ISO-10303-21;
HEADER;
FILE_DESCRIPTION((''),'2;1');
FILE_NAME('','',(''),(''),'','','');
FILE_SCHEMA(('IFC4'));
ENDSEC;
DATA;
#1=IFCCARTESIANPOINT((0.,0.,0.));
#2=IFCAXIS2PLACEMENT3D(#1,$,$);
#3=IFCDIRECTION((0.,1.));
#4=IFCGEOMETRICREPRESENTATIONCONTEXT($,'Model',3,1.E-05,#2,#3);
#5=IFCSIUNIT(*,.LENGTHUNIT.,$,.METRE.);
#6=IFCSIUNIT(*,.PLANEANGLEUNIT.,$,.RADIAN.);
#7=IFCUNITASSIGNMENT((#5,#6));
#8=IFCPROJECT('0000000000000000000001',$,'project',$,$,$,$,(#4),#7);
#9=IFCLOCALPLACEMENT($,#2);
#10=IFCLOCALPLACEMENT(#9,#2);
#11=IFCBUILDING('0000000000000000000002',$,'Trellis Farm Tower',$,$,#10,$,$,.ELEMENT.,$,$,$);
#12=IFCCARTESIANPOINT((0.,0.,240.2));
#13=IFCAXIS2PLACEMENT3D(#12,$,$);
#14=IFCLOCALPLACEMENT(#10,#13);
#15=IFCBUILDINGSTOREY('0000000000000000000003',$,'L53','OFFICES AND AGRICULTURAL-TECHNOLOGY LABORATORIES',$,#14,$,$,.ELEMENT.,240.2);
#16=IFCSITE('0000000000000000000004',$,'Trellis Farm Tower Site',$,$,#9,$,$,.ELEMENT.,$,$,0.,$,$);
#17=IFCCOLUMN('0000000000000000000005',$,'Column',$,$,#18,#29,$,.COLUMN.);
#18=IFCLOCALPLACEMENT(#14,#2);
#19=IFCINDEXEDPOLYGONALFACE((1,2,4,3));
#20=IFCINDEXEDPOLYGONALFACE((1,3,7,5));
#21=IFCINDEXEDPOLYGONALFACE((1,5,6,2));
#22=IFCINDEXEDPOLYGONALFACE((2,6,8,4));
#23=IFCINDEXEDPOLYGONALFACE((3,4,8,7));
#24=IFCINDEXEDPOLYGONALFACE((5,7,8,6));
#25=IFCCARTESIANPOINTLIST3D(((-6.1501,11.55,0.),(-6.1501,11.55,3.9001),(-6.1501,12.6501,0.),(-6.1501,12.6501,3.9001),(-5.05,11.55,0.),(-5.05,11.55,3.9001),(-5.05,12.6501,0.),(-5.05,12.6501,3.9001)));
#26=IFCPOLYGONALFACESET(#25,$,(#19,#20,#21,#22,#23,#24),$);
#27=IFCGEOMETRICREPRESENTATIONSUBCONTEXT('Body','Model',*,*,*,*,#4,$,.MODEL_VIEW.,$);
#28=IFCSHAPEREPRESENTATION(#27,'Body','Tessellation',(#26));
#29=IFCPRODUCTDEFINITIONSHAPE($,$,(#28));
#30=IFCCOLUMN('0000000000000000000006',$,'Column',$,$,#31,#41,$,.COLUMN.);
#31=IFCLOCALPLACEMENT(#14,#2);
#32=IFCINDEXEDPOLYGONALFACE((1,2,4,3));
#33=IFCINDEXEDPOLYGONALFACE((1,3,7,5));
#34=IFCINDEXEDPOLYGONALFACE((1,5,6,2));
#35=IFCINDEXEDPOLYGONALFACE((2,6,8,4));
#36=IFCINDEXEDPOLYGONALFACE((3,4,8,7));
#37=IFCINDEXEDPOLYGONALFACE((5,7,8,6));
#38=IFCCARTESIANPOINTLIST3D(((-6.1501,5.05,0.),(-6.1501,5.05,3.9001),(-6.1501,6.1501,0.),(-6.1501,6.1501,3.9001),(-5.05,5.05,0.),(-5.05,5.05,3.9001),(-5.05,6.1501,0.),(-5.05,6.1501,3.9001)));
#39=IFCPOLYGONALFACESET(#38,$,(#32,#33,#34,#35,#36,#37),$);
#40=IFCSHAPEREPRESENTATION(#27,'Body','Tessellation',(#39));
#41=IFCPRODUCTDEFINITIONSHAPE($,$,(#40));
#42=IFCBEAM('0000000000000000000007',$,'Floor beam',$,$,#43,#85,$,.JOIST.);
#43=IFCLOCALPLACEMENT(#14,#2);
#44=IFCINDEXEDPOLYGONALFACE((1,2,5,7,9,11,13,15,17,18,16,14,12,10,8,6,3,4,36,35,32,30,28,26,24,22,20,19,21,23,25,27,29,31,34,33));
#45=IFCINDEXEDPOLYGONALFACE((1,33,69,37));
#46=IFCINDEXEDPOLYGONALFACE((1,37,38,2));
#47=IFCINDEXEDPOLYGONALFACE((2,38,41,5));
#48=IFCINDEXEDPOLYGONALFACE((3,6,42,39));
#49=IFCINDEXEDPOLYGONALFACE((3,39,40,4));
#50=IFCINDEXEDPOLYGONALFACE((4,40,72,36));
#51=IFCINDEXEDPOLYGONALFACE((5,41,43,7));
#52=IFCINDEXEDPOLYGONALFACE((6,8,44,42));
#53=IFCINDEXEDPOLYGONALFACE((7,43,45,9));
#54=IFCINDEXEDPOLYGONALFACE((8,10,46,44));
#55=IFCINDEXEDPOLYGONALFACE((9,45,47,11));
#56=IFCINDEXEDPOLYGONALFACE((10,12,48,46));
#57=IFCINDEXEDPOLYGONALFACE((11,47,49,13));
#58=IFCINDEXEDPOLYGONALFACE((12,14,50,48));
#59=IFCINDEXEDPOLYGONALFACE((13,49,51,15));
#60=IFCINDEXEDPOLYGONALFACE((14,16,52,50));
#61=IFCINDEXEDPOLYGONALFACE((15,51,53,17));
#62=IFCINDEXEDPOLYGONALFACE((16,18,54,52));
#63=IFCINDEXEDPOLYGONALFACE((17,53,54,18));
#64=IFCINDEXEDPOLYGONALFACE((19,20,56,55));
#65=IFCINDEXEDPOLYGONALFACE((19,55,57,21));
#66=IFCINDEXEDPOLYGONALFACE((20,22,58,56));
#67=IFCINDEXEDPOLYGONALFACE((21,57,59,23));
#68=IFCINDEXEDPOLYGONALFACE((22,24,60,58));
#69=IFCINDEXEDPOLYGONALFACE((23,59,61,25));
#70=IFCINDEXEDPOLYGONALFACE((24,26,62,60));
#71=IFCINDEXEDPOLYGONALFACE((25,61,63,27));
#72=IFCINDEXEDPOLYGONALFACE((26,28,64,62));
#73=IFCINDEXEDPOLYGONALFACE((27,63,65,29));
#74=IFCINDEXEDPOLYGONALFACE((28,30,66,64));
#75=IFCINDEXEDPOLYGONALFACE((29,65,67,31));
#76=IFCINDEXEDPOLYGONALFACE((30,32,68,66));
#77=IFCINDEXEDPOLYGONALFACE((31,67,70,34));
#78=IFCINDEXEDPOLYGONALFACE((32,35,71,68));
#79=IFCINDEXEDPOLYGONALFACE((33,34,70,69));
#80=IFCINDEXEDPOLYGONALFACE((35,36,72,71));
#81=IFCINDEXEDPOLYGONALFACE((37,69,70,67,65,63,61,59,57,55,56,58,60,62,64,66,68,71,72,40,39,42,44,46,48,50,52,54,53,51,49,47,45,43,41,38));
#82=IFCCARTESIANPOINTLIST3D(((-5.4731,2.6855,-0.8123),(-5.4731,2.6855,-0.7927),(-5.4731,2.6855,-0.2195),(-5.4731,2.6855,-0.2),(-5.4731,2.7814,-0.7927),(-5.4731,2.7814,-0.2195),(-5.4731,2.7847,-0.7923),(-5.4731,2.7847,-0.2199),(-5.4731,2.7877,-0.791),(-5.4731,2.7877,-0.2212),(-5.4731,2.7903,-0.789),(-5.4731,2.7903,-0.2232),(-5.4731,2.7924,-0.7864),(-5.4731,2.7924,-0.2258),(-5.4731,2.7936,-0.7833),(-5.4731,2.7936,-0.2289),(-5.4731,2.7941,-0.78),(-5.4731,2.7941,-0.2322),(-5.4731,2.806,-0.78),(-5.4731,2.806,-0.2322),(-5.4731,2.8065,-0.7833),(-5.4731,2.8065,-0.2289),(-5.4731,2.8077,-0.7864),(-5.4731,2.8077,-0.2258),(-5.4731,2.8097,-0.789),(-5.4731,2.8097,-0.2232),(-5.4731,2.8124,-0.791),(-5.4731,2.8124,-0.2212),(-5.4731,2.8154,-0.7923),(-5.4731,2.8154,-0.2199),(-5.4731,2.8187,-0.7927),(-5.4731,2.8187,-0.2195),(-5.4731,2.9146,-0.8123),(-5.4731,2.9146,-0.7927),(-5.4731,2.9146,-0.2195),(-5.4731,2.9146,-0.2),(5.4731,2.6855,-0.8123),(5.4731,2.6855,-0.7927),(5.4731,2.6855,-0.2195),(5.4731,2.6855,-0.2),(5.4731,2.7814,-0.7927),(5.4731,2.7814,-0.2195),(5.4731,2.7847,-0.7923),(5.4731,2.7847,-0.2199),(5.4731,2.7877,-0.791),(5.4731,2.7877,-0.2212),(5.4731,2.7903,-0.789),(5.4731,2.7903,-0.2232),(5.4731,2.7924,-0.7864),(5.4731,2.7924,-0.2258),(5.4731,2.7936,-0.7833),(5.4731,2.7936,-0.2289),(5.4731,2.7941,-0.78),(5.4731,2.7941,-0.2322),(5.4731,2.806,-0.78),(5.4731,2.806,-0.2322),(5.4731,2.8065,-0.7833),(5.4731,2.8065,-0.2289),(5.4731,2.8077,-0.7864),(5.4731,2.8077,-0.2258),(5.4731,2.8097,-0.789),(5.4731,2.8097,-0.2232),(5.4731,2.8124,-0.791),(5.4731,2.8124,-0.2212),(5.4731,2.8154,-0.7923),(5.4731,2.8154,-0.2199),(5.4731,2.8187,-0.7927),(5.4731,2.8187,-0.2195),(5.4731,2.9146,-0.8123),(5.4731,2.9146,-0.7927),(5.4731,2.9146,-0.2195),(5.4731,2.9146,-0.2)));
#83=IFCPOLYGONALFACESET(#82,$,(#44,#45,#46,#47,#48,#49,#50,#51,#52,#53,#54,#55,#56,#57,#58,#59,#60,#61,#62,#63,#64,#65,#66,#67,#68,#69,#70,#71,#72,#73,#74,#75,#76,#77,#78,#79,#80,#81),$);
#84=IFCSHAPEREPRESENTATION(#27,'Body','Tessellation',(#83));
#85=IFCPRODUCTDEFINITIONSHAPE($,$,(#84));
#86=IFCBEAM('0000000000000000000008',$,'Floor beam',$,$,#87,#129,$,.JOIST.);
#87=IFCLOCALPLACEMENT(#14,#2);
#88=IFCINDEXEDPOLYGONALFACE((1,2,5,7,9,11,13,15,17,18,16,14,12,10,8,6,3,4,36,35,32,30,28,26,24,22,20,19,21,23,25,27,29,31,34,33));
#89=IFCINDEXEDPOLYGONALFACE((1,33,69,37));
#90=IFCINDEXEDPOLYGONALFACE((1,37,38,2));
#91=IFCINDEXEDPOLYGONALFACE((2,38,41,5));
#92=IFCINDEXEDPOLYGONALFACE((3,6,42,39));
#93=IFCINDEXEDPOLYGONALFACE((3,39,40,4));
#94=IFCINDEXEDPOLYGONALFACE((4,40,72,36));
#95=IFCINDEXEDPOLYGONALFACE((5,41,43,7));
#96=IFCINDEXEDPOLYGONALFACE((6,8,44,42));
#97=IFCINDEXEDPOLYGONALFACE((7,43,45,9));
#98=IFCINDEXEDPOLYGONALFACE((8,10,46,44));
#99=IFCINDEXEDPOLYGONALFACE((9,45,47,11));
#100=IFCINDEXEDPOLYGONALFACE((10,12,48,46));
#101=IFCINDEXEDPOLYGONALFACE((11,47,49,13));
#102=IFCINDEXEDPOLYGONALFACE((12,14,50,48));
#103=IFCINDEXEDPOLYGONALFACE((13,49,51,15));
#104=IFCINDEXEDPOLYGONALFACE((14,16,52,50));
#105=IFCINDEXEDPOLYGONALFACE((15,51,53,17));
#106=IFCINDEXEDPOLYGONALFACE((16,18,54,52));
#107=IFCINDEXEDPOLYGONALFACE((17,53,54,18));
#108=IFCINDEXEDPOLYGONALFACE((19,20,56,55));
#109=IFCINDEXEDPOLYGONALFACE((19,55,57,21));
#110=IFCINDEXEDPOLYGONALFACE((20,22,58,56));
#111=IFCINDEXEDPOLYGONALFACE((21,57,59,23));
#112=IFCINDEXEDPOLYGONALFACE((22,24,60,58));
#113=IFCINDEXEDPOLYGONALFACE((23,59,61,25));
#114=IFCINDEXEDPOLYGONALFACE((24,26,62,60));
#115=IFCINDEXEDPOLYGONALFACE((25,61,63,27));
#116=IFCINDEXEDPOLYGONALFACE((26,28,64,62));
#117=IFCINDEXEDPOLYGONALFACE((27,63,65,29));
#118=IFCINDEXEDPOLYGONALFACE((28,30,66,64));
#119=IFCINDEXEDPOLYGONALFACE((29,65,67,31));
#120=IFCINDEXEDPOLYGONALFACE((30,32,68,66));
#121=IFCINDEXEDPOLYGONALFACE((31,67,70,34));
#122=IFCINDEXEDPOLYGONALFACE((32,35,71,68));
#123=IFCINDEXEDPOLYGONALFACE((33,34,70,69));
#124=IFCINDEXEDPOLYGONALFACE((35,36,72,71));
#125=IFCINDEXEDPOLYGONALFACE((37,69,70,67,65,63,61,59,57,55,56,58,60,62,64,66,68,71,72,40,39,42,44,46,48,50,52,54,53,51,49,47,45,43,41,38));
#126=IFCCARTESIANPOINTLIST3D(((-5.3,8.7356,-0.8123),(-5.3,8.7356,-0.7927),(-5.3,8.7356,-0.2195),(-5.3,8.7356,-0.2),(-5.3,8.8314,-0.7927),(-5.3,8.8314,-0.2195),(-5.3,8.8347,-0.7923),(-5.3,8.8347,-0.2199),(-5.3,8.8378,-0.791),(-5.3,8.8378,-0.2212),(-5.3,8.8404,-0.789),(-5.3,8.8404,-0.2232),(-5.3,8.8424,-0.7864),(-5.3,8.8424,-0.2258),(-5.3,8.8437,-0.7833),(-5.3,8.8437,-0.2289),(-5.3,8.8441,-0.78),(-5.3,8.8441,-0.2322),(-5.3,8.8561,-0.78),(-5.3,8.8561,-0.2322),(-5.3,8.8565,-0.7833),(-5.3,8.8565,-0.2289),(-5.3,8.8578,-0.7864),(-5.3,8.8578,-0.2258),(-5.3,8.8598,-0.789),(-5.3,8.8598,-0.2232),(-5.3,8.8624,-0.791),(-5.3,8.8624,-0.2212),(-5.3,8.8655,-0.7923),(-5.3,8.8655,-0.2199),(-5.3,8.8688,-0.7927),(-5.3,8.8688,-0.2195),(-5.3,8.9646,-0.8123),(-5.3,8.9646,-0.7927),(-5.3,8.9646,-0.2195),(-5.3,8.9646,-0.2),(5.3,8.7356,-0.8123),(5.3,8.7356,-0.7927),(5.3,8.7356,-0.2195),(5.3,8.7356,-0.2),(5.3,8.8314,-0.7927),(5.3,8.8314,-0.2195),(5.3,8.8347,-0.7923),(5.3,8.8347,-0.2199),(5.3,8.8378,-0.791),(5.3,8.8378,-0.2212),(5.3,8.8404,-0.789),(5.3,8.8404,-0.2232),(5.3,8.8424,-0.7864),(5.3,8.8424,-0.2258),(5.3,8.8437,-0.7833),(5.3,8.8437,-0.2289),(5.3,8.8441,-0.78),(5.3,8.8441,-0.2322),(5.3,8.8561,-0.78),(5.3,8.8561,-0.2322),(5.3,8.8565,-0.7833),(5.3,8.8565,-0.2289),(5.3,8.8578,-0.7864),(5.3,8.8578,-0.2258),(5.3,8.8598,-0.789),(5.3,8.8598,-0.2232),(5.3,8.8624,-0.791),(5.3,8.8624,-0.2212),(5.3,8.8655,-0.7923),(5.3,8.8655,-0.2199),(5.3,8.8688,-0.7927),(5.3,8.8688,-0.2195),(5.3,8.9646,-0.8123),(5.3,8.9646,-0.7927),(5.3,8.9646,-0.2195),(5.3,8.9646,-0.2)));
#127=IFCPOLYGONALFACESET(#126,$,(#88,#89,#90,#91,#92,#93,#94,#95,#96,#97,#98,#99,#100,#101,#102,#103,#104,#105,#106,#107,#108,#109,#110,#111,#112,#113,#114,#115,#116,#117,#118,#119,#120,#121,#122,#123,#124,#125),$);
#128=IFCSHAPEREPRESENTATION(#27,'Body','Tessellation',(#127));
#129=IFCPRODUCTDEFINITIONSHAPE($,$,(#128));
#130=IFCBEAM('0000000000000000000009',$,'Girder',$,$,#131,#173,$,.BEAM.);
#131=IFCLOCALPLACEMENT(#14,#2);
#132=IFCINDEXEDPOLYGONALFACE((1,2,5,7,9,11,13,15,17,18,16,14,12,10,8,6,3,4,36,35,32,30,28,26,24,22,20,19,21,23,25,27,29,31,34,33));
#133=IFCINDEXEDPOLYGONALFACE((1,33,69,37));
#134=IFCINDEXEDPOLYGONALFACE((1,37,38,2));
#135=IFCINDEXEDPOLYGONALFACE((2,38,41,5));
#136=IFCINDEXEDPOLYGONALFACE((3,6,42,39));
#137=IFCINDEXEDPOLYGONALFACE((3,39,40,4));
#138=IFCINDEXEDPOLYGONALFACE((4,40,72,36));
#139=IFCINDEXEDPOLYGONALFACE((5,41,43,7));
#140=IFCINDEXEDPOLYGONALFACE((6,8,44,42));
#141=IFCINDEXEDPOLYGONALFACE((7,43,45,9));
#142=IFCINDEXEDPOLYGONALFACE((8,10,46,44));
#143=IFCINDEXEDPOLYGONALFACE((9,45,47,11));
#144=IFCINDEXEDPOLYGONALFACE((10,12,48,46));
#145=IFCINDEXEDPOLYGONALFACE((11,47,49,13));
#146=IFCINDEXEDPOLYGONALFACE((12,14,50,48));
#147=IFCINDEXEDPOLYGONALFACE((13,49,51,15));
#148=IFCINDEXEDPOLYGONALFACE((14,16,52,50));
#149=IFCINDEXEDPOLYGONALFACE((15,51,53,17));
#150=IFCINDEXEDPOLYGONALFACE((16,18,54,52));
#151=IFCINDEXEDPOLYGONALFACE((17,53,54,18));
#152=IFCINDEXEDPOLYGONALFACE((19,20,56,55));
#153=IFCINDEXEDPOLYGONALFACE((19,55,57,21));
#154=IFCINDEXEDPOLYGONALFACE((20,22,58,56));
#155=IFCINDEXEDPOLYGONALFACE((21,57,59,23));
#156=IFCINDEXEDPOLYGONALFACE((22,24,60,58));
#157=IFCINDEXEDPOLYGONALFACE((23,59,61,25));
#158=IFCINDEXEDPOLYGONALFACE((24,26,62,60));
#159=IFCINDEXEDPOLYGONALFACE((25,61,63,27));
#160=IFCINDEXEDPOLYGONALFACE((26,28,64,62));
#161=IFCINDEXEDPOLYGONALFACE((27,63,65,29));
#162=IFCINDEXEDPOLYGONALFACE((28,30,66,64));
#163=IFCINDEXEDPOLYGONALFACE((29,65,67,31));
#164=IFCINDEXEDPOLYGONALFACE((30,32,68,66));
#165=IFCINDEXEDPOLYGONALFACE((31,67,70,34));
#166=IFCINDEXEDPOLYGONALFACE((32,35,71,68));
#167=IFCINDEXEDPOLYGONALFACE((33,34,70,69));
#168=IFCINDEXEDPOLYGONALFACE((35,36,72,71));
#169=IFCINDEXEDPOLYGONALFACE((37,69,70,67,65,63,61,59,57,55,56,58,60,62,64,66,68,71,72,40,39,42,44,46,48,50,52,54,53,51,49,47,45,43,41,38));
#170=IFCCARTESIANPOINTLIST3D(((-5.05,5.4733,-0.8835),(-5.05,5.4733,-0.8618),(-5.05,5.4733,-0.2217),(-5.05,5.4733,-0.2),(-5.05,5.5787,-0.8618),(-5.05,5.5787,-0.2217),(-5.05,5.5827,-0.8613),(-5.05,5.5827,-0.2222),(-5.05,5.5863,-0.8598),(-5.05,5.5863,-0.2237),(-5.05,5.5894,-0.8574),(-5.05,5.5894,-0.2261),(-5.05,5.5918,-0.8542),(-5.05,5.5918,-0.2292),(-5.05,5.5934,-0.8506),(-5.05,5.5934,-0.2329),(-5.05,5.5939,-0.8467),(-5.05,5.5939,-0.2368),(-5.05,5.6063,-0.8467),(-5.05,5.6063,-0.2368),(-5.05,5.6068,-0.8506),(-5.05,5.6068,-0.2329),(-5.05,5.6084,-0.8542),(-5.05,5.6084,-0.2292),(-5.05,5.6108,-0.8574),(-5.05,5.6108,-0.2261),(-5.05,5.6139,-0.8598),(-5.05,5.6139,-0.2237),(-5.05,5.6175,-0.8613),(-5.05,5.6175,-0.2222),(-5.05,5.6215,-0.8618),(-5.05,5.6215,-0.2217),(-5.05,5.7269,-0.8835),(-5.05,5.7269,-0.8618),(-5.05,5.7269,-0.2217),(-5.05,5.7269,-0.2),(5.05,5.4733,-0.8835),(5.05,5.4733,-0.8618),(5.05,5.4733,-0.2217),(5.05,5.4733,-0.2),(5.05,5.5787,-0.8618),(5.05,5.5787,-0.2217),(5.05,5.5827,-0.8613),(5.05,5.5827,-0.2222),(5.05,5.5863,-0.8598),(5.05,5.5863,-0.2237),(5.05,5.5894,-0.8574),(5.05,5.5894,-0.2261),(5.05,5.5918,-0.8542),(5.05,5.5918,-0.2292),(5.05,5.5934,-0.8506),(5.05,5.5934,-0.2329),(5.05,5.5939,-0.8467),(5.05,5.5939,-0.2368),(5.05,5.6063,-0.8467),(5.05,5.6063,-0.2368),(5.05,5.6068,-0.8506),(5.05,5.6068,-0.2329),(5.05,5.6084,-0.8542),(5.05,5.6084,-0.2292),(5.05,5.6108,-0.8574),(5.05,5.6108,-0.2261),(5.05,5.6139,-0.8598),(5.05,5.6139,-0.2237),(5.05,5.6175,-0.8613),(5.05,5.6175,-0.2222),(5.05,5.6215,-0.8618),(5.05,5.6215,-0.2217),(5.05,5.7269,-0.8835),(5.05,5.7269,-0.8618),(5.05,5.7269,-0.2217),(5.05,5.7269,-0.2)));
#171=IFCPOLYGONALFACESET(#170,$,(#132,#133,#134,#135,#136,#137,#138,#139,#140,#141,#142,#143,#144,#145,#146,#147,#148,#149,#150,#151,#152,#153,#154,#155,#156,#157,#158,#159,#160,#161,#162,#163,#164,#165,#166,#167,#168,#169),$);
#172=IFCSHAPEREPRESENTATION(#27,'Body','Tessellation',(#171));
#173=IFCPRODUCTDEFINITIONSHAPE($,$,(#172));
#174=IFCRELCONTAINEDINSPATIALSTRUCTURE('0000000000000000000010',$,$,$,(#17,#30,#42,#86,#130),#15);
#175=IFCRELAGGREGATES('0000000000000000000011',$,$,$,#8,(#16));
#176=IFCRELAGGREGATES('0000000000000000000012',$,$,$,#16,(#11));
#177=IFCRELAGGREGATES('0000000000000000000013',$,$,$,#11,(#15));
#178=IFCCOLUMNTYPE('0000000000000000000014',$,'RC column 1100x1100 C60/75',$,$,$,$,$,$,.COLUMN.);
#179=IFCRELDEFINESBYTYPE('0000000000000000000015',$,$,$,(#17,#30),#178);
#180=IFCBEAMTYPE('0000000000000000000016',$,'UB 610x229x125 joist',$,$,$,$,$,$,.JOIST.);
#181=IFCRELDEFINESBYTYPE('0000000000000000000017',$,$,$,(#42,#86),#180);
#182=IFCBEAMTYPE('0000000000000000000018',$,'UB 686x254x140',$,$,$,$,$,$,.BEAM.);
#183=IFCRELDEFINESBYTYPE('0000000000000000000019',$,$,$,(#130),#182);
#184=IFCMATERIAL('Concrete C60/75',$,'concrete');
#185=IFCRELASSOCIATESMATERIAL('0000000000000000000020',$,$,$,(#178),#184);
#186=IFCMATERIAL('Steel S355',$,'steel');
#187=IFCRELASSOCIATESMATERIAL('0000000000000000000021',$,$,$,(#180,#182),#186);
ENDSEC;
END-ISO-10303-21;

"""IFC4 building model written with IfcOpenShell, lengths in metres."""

from ifc_helpers import new_model, si_unit, direction, frame, origin, origin_2d, place, context, subcontext, project, spatial, rectangle, i_section, extrude, source, transform, mapped, material, material_profile, profile_set, type_object, element, save


model = new_model("IFC4")

# Units and contexts
model_context = context("Model", 3, precision=1e-05, world=origin(), true_north=direction((0.0, 1.0)))
body_context = subcontext(model_context, "Body", "Model", "MODEL_VIEW")
ifc_project = project(units=[si_unit("LENGTHUNIT", "METRE"), si_unit("PLANEANGLEUNIT", "RADIAN")], contexts=[model_context])

# Site, building, storey
site_placement = place(None, origin())
site = spatial("IfcSite", under=ifc_project, at=site_placement, Name="Trellis Farm Tower Site", CompositionType="ELEMENT", RefElevation=0.0)
building_placement = place(site_placement, origin())
building = spatial("IfcBuilding", under=site, at=building_placement, Name="Trellis Farm Tower", CompositionType="ELEMENT")
storey_placement = place(building_placement, frame((0.0, 0.0, 240.2)))
storey = spatial("IfcBuildingStorey", under=building, at=storey_placement, Name="L53", Description="OFFICES AND AGRICULTURAL-TECHNOLOGY LABORATORIES", CompositionType="ELEMENT", Elevation=240.2)

# Columns
ifc_material_1 = material(Name="Concrete C60/75", Category="concrete")
ifc_material_profile_1 = material_profile(ifc_material_1, rectangle(XDim=1.1001, YDim=1.1001, at=origin_2d()), Name="RC column 1100x1100 C60/75")
ifc_profile_set_1 = profile_set([ifc_material_profile_1], Name="Concrete C60/75")
column_type = type_object("IfcColumnType", Name="RC column 1100x1100 C60/75", PredefinedType="COLUMN", material=ifc_profile_set_1)
shared_shape_1 = source(origin(), body_context, "Body", "SweptSolid", [
    extrude(rectangle(XDim=1.1001, YDim=1.1001, at=origin_2d()), origin(), (0.0, 0.0, 1.0), 3.9001),
])
for number, where, z_axis, x_axis, name in (
    (1, (-5.6001, 12.1001, 0.0), (0.0, 0.0, 1.0), (1.0, 0.0, 0.0), "Column"),
    (2, (-5.6001, 5.6001, 0.0), (0.0, 0.0, 1.0), (1.0, 0.0, 0.0), "Column"),
):
    element("IfcColumn", number, at=place(storey_placement, frame(where, z_axis=z_axis, x_axis=x_axis)), inside=storey, type_object=column_type, Name=name, PredefinedType="COLUMN", context=body_context, shape_type="MappedRepresentation", body=[
        mapped(shared_shape_1, transform((0.0, 0.0, 0.0))),
    ])

# Beams
ifc_material_2 = material(Name="Steel S355", Category="steel")
ifc_material_profile_2 = material_profile(ifc_material_2, i_section(OverallWidth=0.229, OverallDepth=0.6123, WebThickness=0.012, FlangeThickness=0.0195, FilletRadius=0.0127, at=origin_2d()), Name="UB 610x229x125")
ifc_profile_set_2 = profile_set([ifc_material_profile_2], Name="Steel S355")
beam_type_1 = type_object("IfcBeamType", Name="UB 610x229x125 joist", PredefinedType="JOIST", material=ifc_profile_set_2)
shared_shape_2 = source(origin(), body_context, "Body", "SweptSolid", [
    extrude(i_section(OverallWidth=0.229, OverallDepth=0.6123, WebThickness=0.012, FlangeThickness=0.0195, FilletRadius=0.0127, at=origin_2d()), origin(), (0.0, 0.0, 1.0), 10.9463),
])
beam_1_placement = place(storey_placement, frame((-5.4731, 2.8, -0.5061), z_axis=(1.0, 0.0, 0.0), x_axis=(0.0, 1.0, 0.0)))
element("IfcBeam", 3, at=beam_1_placement, inside=storey, type_object=beam_type_1, Name="Floor beam", PredefinedType="JOIST", context=body_context, shape_type="MappedRepresentation", body=[
    mapped(shared_shape_2, transform((0.0, 0.0, 0.0))),
])
shared_shape_3 = source(origin(), body_context, "Body", "SweptSolid", [
    extrude(i_section(OverallWidth=0.229, OverallDepth=0.6123, WebThickness=0.012, FlangeThickness=0.0195, FilletRadius=0.0127, at=origin_2d()), origin(), (0.0, 0.0, 1.0), 10.6001),
])
beam_2_placement = place(storey_placement, frame((-5.3, 8.8501, -0.5061), z_axis=(1.0, 0.0, 0.0), x_axis=(0.0, 1.0, 0.0)))
element("IfcBeam", 4, at=beam_2_placement, inside=storey, type_object=beam_type_1, Name="Floor beam", PredefinedType="JOIST", context=body_context, shape_type="MappedRepresentation", body=[
    mapped(shared_shape_3, transform((0.0, 0.0, 0.0))),
])
ifc_material_profile_3 = material_profile(ifc_material_2, i_section(OverallWidth=0.2537, OverallDepth=0.6836, WebThickness=0.0125, FlangeThickness=0.0217, FilletRadius=0.0151, at=origin_2d()), Name="UB 686x254x140")
ifc_profile_set_3 = profile_set([ifc_material_profile_3], Name="Steel S355")
beam_type_2 = type_object("IfcBeamType", Name="UB 686x254x140", PredefinedType="BEAM", material=ifc_profile_set_3)
shared_shape_4 = source(origin(), body_context, "Body", "SweptSolid", [
    extrude(i_section(OverallWidth=0.2537, OverallDepth=0.6836, WebThickness=0.0125, FlangeThickness=0.0217, FilletRadius=0.0151, at=origin_2d()), origin(), (0.0, 0.0, 1.0), 10.1001),
])
for number, where, z_axis, x_axis, name in (
    (5, (-5.05, 5.6001, -0.5417), (1.0, 0.0, 0.0), (0.0, 1.0, 0.0), "Girder"),
):
    element("IfcBeam", number, at=place(storey_placement, frame(where, z_axis=z_axis, x_axis=x_axis)), inside=storey, type_object=beam_type_2, Name=name, PredefinedType="BEAM", context=body_context, shape_type="MappedRepresentation", body=[
        mapped(shared_shape_4, transform((0.0, 0.0, 0.0))),
    ])

save(model, "model.ifc")
